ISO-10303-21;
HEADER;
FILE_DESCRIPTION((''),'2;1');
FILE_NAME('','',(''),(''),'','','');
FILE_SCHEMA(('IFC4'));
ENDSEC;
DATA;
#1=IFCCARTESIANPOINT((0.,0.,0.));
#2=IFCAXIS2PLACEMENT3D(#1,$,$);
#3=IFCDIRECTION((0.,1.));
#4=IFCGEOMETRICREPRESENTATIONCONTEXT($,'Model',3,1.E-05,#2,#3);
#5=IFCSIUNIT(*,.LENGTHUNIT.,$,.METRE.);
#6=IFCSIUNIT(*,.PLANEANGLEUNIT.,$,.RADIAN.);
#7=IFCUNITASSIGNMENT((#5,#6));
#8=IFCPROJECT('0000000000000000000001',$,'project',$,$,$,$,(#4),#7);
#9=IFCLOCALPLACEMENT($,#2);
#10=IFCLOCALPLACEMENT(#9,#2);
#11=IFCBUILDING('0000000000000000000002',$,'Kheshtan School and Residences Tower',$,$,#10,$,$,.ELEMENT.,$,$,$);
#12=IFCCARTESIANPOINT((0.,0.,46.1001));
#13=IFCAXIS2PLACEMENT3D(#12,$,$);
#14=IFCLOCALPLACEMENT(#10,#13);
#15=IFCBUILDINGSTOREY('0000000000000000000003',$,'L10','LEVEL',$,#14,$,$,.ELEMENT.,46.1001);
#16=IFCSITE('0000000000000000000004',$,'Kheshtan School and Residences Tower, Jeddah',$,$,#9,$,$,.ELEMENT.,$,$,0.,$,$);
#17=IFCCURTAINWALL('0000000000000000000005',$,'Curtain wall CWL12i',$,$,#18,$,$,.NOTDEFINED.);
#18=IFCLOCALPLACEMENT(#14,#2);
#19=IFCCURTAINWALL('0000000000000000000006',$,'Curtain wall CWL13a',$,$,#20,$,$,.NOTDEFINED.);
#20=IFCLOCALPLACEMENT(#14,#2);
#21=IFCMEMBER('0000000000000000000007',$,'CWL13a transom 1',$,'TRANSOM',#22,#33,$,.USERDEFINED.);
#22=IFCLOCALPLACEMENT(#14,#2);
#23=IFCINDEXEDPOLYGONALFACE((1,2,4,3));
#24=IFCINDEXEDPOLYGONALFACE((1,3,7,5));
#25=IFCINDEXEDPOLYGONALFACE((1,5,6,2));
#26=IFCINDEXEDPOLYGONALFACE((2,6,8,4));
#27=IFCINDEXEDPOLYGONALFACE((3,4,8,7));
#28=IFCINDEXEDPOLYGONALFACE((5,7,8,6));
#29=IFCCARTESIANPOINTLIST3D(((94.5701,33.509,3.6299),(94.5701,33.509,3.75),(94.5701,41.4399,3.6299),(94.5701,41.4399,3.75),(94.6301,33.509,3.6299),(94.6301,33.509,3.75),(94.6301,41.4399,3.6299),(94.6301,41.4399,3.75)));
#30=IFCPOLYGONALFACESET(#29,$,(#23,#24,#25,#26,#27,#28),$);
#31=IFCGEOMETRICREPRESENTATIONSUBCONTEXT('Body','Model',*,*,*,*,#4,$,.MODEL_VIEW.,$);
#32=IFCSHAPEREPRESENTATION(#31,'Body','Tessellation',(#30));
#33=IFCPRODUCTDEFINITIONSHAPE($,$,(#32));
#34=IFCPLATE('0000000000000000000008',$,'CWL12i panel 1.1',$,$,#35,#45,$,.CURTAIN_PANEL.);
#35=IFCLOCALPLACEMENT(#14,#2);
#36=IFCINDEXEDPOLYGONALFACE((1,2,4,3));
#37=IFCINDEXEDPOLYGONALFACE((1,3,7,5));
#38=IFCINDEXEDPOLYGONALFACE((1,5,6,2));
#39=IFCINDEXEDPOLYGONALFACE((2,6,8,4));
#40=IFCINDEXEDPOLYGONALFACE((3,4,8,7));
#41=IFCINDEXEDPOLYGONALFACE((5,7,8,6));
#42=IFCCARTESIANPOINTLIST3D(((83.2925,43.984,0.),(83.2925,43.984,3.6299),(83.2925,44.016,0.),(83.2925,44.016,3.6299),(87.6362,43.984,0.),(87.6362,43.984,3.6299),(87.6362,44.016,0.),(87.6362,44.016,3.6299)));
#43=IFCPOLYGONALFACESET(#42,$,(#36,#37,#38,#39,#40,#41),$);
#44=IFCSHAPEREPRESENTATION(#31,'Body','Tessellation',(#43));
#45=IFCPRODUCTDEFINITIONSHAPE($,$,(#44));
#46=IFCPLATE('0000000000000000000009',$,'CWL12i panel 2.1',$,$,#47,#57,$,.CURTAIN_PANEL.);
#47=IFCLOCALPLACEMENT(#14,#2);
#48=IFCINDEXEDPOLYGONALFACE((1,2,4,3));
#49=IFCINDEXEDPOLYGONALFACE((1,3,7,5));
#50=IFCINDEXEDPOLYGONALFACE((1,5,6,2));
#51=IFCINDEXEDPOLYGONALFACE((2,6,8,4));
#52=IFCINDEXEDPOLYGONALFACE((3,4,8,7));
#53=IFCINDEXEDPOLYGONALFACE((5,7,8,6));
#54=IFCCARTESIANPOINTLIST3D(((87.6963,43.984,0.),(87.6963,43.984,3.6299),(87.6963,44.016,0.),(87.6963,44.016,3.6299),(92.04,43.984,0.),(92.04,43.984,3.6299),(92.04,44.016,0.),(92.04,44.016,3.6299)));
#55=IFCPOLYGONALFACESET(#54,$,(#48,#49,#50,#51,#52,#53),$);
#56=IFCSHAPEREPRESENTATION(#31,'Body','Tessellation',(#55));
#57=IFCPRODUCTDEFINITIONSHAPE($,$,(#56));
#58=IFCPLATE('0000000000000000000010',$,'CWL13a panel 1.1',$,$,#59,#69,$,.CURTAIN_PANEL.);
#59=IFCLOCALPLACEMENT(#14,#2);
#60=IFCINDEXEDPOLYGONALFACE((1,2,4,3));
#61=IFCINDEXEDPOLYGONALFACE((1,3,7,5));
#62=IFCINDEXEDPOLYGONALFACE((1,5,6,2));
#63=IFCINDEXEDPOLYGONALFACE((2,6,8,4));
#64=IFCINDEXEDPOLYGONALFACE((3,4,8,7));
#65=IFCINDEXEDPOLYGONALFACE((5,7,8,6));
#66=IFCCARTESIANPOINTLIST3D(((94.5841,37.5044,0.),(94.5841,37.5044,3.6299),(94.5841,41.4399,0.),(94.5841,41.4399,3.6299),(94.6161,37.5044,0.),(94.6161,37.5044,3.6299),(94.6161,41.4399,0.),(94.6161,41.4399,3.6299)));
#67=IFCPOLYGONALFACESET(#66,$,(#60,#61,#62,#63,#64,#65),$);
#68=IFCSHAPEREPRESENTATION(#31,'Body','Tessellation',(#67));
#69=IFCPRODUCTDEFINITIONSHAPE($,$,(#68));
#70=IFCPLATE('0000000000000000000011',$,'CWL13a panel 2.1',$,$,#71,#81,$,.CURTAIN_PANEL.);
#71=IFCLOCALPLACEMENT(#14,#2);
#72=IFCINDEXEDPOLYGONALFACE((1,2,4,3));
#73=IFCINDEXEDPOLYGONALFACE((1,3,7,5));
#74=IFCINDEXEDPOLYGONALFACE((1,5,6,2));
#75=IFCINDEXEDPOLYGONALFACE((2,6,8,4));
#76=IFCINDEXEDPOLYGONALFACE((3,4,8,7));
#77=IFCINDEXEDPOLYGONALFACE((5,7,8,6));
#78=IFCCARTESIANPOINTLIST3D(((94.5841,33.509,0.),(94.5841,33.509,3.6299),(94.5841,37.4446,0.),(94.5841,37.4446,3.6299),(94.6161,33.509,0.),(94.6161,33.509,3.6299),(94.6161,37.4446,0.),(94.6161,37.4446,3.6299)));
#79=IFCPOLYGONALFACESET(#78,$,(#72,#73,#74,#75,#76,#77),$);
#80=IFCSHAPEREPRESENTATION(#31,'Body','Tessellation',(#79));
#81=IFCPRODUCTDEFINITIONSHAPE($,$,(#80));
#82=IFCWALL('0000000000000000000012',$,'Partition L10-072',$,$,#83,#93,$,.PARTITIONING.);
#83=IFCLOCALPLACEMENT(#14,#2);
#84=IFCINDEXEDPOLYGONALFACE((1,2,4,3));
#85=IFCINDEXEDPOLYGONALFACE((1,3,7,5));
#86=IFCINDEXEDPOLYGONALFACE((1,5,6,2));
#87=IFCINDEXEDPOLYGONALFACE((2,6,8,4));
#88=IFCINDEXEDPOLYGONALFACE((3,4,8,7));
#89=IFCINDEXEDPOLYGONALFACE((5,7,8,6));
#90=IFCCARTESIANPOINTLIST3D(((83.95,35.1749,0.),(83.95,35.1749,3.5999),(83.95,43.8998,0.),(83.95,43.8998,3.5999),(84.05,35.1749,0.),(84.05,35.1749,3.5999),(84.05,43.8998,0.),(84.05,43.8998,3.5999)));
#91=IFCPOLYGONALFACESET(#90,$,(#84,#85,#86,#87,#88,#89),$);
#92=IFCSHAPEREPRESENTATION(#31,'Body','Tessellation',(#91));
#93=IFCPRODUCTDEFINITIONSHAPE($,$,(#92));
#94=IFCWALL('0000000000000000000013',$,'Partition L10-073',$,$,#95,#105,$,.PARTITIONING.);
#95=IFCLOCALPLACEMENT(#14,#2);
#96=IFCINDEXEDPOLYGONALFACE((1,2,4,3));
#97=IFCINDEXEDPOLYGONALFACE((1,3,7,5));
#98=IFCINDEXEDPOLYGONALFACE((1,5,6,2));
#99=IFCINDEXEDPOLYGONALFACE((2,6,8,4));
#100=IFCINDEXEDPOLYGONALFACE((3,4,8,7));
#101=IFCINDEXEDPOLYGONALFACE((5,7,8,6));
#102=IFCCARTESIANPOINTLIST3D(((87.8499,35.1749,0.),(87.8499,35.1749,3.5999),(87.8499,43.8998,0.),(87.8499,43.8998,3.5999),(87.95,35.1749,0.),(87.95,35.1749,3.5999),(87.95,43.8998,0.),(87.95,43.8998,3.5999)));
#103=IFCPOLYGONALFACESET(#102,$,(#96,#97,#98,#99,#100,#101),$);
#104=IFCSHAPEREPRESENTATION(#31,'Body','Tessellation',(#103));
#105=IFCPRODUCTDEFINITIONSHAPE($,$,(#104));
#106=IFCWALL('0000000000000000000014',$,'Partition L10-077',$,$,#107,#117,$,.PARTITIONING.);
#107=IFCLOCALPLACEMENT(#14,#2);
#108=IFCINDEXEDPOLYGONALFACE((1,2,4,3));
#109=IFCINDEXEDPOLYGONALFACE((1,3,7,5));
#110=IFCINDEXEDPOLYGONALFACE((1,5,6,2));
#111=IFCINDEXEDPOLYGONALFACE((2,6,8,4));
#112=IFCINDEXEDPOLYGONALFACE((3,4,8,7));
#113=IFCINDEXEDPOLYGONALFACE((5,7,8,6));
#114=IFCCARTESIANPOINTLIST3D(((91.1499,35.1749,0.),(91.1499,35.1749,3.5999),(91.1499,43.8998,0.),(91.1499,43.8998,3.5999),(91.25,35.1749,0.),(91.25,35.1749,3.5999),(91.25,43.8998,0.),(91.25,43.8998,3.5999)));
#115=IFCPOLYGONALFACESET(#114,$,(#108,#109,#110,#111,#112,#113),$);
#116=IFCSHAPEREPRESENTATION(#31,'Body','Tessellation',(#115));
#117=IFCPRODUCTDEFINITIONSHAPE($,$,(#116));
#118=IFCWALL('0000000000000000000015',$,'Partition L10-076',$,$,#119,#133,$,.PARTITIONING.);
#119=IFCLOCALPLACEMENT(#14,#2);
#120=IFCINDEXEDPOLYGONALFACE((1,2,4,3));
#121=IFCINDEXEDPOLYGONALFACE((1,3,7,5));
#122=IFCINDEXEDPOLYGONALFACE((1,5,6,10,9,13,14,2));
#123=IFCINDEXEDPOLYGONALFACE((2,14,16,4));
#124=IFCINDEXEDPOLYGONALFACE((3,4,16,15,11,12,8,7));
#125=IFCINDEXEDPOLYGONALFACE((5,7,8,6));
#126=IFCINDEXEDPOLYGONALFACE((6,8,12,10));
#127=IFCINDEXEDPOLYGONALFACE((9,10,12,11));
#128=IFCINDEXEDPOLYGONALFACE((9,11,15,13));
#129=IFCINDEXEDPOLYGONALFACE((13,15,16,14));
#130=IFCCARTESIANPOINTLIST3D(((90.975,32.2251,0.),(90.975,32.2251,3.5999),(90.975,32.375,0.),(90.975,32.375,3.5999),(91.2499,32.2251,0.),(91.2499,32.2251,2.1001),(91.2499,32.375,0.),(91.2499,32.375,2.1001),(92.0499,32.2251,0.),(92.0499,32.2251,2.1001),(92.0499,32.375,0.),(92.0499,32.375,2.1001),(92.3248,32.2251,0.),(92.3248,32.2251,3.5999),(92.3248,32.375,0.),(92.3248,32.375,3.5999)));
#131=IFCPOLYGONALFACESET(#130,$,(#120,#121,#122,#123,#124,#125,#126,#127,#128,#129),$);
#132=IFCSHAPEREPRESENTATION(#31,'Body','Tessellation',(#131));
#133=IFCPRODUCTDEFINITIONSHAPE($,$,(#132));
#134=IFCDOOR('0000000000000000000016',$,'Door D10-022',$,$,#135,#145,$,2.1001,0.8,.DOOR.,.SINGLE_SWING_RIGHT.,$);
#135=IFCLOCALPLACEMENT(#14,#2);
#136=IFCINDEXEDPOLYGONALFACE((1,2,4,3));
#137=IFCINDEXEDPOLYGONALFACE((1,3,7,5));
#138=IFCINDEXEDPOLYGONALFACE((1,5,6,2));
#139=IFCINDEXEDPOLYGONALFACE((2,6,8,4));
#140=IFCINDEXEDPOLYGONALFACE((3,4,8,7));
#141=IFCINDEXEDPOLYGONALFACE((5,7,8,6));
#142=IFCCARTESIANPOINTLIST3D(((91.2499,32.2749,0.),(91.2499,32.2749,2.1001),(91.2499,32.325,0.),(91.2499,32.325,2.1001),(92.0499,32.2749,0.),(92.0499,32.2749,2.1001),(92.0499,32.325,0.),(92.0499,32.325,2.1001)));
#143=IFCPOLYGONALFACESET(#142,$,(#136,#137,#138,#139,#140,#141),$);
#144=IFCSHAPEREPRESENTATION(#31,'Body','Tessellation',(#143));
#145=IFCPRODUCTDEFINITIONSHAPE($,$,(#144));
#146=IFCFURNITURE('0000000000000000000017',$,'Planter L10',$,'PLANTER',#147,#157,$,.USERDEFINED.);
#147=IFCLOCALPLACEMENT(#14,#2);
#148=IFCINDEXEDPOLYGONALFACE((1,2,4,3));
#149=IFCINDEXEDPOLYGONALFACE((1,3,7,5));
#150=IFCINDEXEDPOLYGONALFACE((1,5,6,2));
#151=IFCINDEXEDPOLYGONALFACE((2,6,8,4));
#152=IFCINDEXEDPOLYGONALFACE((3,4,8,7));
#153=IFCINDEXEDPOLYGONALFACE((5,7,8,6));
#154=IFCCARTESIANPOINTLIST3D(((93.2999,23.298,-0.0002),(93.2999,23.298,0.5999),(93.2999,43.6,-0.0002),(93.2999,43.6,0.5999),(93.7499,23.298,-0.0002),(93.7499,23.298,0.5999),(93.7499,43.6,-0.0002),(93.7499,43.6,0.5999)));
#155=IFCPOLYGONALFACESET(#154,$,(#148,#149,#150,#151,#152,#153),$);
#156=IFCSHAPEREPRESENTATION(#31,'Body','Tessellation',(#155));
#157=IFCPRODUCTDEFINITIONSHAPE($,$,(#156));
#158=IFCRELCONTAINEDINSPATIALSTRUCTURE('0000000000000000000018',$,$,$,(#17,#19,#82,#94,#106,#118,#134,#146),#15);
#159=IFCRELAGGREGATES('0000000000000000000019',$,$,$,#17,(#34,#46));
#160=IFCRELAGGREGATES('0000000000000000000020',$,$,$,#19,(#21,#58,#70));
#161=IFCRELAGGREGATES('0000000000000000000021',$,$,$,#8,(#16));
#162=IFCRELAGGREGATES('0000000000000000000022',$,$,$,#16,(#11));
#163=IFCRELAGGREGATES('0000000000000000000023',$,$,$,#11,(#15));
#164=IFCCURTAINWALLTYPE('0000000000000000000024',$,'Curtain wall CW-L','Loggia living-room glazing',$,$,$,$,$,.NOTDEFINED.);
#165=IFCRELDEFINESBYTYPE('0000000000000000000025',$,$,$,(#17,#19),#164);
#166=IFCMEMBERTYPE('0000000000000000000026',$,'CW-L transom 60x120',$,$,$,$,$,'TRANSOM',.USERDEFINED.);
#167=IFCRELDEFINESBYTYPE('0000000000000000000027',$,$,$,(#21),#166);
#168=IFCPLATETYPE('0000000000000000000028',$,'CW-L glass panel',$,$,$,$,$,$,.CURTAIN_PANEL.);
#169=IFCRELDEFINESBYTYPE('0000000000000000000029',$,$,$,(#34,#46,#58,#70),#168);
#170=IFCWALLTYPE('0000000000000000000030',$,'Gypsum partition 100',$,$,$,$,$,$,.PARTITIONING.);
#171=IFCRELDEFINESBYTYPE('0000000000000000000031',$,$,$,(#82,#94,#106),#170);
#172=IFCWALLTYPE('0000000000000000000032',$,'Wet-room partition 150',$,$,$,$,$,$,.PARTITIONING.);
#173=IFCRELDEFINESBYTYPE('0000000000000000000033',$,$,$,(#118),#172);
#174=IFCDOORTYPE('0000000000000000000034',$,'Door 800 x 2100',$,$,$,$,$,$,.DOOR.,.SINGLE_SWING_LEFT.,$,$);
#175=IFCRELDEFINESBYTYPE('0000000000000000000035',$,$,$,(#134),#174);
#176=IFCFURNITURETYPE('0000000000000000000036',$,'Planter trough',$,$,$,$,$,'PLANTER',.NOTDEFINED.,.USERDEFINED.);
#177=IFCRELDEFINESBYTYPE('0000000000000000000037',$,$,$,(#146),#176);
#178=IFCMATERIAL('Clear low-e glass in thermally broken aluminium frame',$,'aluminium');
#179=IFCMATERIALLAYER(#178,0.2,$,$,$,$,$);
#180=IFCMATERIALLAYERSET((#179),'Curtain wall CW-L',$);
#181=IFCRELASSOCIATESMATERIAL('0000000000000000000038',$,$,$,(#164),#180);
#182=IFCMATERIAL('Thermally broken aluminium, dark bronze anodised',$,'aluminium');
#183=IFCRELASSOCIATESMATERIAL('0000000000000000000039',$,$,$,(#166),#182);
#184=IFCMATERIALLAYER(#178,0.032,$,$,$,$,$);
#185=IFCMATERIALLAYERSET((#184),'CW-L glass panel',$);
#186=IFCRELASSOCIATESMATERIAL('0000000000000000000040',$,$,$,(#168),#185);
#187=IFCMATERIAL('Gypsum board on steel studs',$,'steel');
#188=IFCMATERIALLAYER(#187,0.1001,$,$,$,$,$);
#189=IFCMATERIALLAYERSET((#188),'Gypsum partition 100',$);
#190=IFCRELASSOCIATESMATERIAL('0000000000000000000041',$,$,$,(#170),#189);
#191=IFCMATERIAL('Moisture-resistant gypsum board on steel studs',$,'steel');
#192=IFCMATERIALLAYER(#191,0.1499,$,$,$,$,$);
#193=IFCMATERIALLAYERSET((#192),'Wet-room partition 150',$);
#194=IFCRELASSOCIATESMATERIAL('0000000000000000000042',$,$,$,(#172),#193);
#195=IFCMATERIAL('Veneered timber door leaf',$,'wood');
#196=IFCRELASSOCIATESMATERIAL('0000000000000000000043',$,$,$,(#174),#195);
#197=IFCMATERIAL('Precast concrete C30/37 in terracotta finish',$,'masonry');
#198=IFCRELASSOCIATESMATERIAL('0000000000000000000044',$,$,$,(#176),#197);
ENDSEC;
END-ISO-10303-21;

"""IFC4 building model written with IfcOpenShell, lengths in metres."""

from ifc_helpers import new_model, si_unit, direction, frame, frame_2d, origin, origin_2d, place, context, subcontext, project, spatial, rectangle, extrude, source, transform, mapped, material, layer, layer_set, material_profile, profile_set, type_object, element, fill, aggregate, save


model = new_model("IFC4")

# Units and contexts
model_context = context("Model", 3, precision=1e-05, world=origin(), true_north=direction((0.0, 1.0)))
body_context = subcontext(model_context, "Body", "Model", "MODEL_VIEW")
ifc_project = project(units=[si_unit("LENGTHUNIT", "METRE"), si_unit("PLANEANGLEUNIT", "RADIAN")], contexts=[model_context])

# Site, building, storey
site_placement = place(None, origin())
site = spatial("IfcSite", under=ifc_project, at=site_placement, Name="Kheshtan School and Residences Tower, Jeddah", CompositionType="ELEMENT", RefElevation=0.0)
building_placement = place(site_placement, origin())
building = spatial("IfcBuilding", under=site, at=building_placement, Name="Kheshtan School and Residences Tower", CompositionType="ELEMENT")
storey_placement = place(building_placement, frame((0.0, 0.0, 46.1001)))
storey = spatial("IfcBuildingStorey", under=building, at=storey_placement, Name="L10", Description="LEVEL", CompositionType="ELEMENT", Elevation=46.1001)

# Curtain walls
ifc_material_1 = material(Name="Clear low-e glass in thermally broken aluminium frame", Category="aluminium")
ifc_layer_1 = layer(ifc_material_1, 0.2)
ifc_layer_set_1 = layer_set([ifc_layer_1], Name="Curtain wall CW-L")
curtain_wall_type = type_object("IfcCurtainWallType", Name="Curtain wall CW-L", Description="Loggia living-room glazing", PredefinedType="NOTDEFINED", material=ifc_layer_set_1)
curtain_wall_1_placement = place(storey_placement, origin())
curtain_wall_1 = element("IfcCurtainWall", 1, at=curtain_wall_1_placement, inside=storey, type_object=curtain_wall_type, Name="Curtain wall CWL12i", PredefinedType="NOTDEFINED")
ifc_material_2 = material(Name="Thermally broken aluminium, dark bronze anodised", Category="aluminium")
curtain_wall_2_placement = place(storey_placement, origin())
curtain_wall_2 = element("IfcCurtainWall", 2, at=curtain_wall_2_placement, inside=storey, type_object=curtain_wall_type, Name="Curtain wall CWL13a", PredefinedType="NOTDEFINED")

# Member
ifc_material_profile_1 = material_profile(ifc_material_2, rectangle(XDim=0.0601, YDim=0.1201, at=origin_2d()), Name="CW-L transom 60x120")
ifc_profile_set_1 = profile_set([ifc_material_profile_1], Name="Thermally broken aluminium, dark bronze anodised")
member_type_1 = type_object("IfcMemberType", Name="CW-L transom 60x120", ElementType="TRANSOM", PredefinedType="USERDEFINED", material=ifc_profile_set_1)
member_1_placement = place(storey_placement, frame((94.6001, 41.4399, 3.6899), z_axis=(0.0, -1.0, 0.0), x_axis=(1.0, 0.0, 0.0)))
member_1 = element("IfcMember", 3, at=member_1_placement, type_object=member_type_1, Name="CWL13a transom 1", ObjectType="TRANSOM", PredefinedType="USERDEFINED", context=body_context, shape_type="SweptSolid", body=[
    extrude(rectangle(XDim=0.0601, YDim=0.1201, at=origin_2d()), origin(), (0.0, 0.0, 1.0), 7.9309),
])

# Plates
ifc_layer_2 = layer(ifc_material_1, 0.032)
ifc_layer_set_2 = layer_set([ifc_layer_2], Name="CW-L glass panel")
plate_type = type_object("IfcPlateType", Name="CW-L glass panel", PredefinedType="CURTAIN_PANEL", material=ifc_layer_set_2)
plate_1_placement = place(storey_placement, frame((85.4644, 44.0, 0.0), z_axis=(0.0, 0.0, 1.0), x_axis=(1.0, 0.0, 0.0)))
plate_1 = element("IfcPlate", 4, at=plate_1_placement, type_object=plate_type, Name="CWL12i panel 1.1", PredefinedType="CURTAIN_PANEL", context=body_context, shape_type="SweptSolid", body=[
    extrude(rectangle(XDim=4.3438, YDim=0.032, at=origin_2d()), origin(), (0.0, 0.0, 1.0), 3.6299),
])
plate_2_placement = place(storey_placement, frame((89.8682, 44.0, 0.0), z_axis=(0.0, 0.0, 1.0), x_axis=(1.0, 0.0, 0.0)))
plate_2 = element("IfcPlate", 5, at=plate_2_placement, type_object=plate_type, Name="CWL12i panel 2.1", PredefinedType="CURTAIN_PANEL", context=body_context, shape_type="SweptSolid", body=[
    extrude(rectangle(XDim=4.3438, YDim=0.032, at=origin_2d()), origin(), (0.0, 0.0, 1.0), 3.6299),
])
aggregate(curtain_wall_1, [plate_1, plate_2])
plate_3_placement = place(storey_placement, frame((94.6001, 39.4722, 0.0), z_axis=(0.0, 0.0, 1.0), x_axis=(0.0, -1.0, 0.0)))
plate_3 = element("IfcPlate", 6, at=plate_3_placement, type_object=plate_type, Name="CWL13a panel 1.1", PredefinedType="CURTAIN_PANEL", context=body_context, shape_type="SweptSolid", body=[
    extrude(rectangle(XDim=3.9355, YDim=0.032, at=origin_2d()), origin(), (0.0, 0.0, 1.0), 3.6299),
])
plate_4_placement = place(storey_placement, frame((94.6001, 35.4768, 0.0), z_axis=(0.0, 0.0, 1.0), x_axis=(0.0, -1.0, 0.0)))
plate_4 = element("IfcPlate", 7, at=plate_4_placement, type_object=plate_type, Name="CWL13a panel 2.1", PredefinedType="CURTAIN_PANEL", context=body_context, shape_type="SweptSolid", body=[
    extrude(rectangle(XDim=3.9355, YDim=0.032, at=origin_2d()), origin(), (0.0, 0.0, 1.0), 3.6299),
])
aggregate(curtain_wall_2, [member_1, plate_3, plate_4])

# Walls
ifc_material_3 = material(Name="Gypsum board on steel studs", Category="steel")
ifc_layer_3 = layer(ifc_material_3, 0.1001)
ifc_layer_set_3 = layer_set([ifc_layer_3], Name="Gypsum partition 100")
wall_type_1 = type_object("IfcWallType", Name="Gypsum partition 100", PredefinedType="PARTITIONING", material=ifc_layer_set_3)
for number, where, z_axis, x_axis, name in (
    (8, (84.0, 35.175, 0.0), (0.0, 0.0, 1.0), (0.0, 1.0, 0.0), "Partition L10-072"),
    (9, (87.8999, 35.175, 0.0), (0.0, 0.0, 1.0), (0.0, 1.0, 0.0), "Partition L10-073"),
    (10, (91.2, 35.175, 0.0), (0.0, 0.0, 1.0), (0.0, 1.0, 0.0), "Partition L10-077"),
):
    element("IfcWall", number, at=place(storey_placement, frame(where, z_axis=z_axis, x_axis=x_axis)), inside=storey, type_object=wall_type_1, Name=name, PredefinedType="PARTITIONING", context=body_context, shape_type="SweptSolid", body=[
        extrude(rectangle(XDim=8.7249, YDim=0.1001, at=frame_2d((4.3623, 0.0))), origin(), (0.0, 0.0, 1.0), 3.5999),
    ])

# Wall, opening, door
ifc_material_4 = material(Name="Moisture-resistant gypsum board on steel studs", Category="steel")
ifc_layer_4 = layer(ifc_material_4, 0.1499)
ifc_layer_set_4 = layer_set([ifc_layer_4], Name="Wet-room partition 150")
wall_type_2 = type_object("IfcWallType", Name="Wet-room partition 150", PredefinedType="PARTITIONING", material=ifc_layer_set_4)
wall_1_placement = place(storey_placement, frame((90.9751, 32.3, 0.0), z_axis=(0.0, 0.0, 1.0), x_axis=(1.0, 0.0, 0.0)))
wall_1 = element("IfcWall", 11, at=wall_1_placement, inside=storey, type_object=wall_type_2, Name="Partition L10-076", PredefinedType="PARTITIONING", context=body_context, shape_type="SweptSolid", body=[
    extrude(rectangle(XDim=1.3499, YDim=0.1499, at=frame_2d((0.6748, 0.0))), origin(), (0.0, 0.0, 1.0), 3.5999),
])
opening_1_placement = place(wall_1_placement, frame((0.2749, 0.0, 0.0)))
opening_1 = element("IfcOpeningElement", 12, at=opening_1_placement, cuts=wall_1, PredefinedType="OPENING", context=body_context, shape_type="SweptSolid", body=[
    extrude(rectangle(XDim=0.8, YDim=2.1001, at=frame_2d((0.3999, 1.05))), frame((0.0, 0.085, 0.0), z_axis=(0.0, -1.0, 0.0), x_axis=(1.0, 0.0, 0.0)), (0.0, 0.0, 1.0), 0.1699),
])
ifc_material_5 = material(Name="Veneered timber door leaf", Category="wood")
door_type_1 = type_object("IfcDoorType", Name="Door 800 x 2100", OperationType="SINGLE_SWING_LEFT", PredefinedType="DOOR", material=ifc_material_5)
shared_shape_1 = source(origin(), body_context, "Body", "SweptSolid", [
    extrude(rectangle(XDim=0.8, YDim=2.1001, at=frame_2d((0.3999, 1.05))), frame((0.0, 0.0249, 0.0), z_axis=(0.0, -1.0, 0.0), x_axis=(1.0, 0.0, 0.0)), (0.0, 0.0, 1.0), 0.05),
])
door_1_placement = place(opening_1_placement, origin())
door_1 = element("IfcDoor", 13, at=door_1_placement, inside=storey, type_object=door_type_1, Name="Door D10-022", OperationType="SINGLE_SWING_RIGHT", OverallHeight=2.1001, OverallWidth=0.8, PredefinedType="DOOR", context=body_context, shape_type="MappedRepresentation", body=[
    mapped(shared_shape_1, transform((0.0, 0.0, 0.0), x_axis=(1.0, 0.0, 0.0), y_axis=(0.0, 1.0, 0.0), z_axis=(0.0, 0.0, 1.0), scale=1.0)),
])
fill(opening_1, door_1)

# Furniture
ifc_material_6 = material(Name="Precast concrete C30/37 in terracotta finish", Category="masonry")
furniture_type = type_object("IfcFurnitureType", Name="Planter trough", ElementType="PLANTER", AssemblyPlace="NOTDEFINED", PredefinedType="USERDEFINED", material=ifc_material_6)
furniture_placement = place(storey_placement, frame((93.5249, 33.449, -0.0002), z_axis=(0.0, 0.0, 1.0), x_axis=(0.0, -1.0, 0.0)))
element("IfcFurniture", 14, at=furniture_placement, inside=storey, type_object=furniture_type, Name="Planter L10", ObjectType="PLANTER", PredefinedType="USERDEFINED", context=body_context, shape_type="SweptSolid", body=[
    extrude(rectangle(XDim=20.302, YDim=0.45, at=origin_2d()), origin(), (0.0, 0.0, 1.0), 0.6001),
])

save(model, "model.ifc")
